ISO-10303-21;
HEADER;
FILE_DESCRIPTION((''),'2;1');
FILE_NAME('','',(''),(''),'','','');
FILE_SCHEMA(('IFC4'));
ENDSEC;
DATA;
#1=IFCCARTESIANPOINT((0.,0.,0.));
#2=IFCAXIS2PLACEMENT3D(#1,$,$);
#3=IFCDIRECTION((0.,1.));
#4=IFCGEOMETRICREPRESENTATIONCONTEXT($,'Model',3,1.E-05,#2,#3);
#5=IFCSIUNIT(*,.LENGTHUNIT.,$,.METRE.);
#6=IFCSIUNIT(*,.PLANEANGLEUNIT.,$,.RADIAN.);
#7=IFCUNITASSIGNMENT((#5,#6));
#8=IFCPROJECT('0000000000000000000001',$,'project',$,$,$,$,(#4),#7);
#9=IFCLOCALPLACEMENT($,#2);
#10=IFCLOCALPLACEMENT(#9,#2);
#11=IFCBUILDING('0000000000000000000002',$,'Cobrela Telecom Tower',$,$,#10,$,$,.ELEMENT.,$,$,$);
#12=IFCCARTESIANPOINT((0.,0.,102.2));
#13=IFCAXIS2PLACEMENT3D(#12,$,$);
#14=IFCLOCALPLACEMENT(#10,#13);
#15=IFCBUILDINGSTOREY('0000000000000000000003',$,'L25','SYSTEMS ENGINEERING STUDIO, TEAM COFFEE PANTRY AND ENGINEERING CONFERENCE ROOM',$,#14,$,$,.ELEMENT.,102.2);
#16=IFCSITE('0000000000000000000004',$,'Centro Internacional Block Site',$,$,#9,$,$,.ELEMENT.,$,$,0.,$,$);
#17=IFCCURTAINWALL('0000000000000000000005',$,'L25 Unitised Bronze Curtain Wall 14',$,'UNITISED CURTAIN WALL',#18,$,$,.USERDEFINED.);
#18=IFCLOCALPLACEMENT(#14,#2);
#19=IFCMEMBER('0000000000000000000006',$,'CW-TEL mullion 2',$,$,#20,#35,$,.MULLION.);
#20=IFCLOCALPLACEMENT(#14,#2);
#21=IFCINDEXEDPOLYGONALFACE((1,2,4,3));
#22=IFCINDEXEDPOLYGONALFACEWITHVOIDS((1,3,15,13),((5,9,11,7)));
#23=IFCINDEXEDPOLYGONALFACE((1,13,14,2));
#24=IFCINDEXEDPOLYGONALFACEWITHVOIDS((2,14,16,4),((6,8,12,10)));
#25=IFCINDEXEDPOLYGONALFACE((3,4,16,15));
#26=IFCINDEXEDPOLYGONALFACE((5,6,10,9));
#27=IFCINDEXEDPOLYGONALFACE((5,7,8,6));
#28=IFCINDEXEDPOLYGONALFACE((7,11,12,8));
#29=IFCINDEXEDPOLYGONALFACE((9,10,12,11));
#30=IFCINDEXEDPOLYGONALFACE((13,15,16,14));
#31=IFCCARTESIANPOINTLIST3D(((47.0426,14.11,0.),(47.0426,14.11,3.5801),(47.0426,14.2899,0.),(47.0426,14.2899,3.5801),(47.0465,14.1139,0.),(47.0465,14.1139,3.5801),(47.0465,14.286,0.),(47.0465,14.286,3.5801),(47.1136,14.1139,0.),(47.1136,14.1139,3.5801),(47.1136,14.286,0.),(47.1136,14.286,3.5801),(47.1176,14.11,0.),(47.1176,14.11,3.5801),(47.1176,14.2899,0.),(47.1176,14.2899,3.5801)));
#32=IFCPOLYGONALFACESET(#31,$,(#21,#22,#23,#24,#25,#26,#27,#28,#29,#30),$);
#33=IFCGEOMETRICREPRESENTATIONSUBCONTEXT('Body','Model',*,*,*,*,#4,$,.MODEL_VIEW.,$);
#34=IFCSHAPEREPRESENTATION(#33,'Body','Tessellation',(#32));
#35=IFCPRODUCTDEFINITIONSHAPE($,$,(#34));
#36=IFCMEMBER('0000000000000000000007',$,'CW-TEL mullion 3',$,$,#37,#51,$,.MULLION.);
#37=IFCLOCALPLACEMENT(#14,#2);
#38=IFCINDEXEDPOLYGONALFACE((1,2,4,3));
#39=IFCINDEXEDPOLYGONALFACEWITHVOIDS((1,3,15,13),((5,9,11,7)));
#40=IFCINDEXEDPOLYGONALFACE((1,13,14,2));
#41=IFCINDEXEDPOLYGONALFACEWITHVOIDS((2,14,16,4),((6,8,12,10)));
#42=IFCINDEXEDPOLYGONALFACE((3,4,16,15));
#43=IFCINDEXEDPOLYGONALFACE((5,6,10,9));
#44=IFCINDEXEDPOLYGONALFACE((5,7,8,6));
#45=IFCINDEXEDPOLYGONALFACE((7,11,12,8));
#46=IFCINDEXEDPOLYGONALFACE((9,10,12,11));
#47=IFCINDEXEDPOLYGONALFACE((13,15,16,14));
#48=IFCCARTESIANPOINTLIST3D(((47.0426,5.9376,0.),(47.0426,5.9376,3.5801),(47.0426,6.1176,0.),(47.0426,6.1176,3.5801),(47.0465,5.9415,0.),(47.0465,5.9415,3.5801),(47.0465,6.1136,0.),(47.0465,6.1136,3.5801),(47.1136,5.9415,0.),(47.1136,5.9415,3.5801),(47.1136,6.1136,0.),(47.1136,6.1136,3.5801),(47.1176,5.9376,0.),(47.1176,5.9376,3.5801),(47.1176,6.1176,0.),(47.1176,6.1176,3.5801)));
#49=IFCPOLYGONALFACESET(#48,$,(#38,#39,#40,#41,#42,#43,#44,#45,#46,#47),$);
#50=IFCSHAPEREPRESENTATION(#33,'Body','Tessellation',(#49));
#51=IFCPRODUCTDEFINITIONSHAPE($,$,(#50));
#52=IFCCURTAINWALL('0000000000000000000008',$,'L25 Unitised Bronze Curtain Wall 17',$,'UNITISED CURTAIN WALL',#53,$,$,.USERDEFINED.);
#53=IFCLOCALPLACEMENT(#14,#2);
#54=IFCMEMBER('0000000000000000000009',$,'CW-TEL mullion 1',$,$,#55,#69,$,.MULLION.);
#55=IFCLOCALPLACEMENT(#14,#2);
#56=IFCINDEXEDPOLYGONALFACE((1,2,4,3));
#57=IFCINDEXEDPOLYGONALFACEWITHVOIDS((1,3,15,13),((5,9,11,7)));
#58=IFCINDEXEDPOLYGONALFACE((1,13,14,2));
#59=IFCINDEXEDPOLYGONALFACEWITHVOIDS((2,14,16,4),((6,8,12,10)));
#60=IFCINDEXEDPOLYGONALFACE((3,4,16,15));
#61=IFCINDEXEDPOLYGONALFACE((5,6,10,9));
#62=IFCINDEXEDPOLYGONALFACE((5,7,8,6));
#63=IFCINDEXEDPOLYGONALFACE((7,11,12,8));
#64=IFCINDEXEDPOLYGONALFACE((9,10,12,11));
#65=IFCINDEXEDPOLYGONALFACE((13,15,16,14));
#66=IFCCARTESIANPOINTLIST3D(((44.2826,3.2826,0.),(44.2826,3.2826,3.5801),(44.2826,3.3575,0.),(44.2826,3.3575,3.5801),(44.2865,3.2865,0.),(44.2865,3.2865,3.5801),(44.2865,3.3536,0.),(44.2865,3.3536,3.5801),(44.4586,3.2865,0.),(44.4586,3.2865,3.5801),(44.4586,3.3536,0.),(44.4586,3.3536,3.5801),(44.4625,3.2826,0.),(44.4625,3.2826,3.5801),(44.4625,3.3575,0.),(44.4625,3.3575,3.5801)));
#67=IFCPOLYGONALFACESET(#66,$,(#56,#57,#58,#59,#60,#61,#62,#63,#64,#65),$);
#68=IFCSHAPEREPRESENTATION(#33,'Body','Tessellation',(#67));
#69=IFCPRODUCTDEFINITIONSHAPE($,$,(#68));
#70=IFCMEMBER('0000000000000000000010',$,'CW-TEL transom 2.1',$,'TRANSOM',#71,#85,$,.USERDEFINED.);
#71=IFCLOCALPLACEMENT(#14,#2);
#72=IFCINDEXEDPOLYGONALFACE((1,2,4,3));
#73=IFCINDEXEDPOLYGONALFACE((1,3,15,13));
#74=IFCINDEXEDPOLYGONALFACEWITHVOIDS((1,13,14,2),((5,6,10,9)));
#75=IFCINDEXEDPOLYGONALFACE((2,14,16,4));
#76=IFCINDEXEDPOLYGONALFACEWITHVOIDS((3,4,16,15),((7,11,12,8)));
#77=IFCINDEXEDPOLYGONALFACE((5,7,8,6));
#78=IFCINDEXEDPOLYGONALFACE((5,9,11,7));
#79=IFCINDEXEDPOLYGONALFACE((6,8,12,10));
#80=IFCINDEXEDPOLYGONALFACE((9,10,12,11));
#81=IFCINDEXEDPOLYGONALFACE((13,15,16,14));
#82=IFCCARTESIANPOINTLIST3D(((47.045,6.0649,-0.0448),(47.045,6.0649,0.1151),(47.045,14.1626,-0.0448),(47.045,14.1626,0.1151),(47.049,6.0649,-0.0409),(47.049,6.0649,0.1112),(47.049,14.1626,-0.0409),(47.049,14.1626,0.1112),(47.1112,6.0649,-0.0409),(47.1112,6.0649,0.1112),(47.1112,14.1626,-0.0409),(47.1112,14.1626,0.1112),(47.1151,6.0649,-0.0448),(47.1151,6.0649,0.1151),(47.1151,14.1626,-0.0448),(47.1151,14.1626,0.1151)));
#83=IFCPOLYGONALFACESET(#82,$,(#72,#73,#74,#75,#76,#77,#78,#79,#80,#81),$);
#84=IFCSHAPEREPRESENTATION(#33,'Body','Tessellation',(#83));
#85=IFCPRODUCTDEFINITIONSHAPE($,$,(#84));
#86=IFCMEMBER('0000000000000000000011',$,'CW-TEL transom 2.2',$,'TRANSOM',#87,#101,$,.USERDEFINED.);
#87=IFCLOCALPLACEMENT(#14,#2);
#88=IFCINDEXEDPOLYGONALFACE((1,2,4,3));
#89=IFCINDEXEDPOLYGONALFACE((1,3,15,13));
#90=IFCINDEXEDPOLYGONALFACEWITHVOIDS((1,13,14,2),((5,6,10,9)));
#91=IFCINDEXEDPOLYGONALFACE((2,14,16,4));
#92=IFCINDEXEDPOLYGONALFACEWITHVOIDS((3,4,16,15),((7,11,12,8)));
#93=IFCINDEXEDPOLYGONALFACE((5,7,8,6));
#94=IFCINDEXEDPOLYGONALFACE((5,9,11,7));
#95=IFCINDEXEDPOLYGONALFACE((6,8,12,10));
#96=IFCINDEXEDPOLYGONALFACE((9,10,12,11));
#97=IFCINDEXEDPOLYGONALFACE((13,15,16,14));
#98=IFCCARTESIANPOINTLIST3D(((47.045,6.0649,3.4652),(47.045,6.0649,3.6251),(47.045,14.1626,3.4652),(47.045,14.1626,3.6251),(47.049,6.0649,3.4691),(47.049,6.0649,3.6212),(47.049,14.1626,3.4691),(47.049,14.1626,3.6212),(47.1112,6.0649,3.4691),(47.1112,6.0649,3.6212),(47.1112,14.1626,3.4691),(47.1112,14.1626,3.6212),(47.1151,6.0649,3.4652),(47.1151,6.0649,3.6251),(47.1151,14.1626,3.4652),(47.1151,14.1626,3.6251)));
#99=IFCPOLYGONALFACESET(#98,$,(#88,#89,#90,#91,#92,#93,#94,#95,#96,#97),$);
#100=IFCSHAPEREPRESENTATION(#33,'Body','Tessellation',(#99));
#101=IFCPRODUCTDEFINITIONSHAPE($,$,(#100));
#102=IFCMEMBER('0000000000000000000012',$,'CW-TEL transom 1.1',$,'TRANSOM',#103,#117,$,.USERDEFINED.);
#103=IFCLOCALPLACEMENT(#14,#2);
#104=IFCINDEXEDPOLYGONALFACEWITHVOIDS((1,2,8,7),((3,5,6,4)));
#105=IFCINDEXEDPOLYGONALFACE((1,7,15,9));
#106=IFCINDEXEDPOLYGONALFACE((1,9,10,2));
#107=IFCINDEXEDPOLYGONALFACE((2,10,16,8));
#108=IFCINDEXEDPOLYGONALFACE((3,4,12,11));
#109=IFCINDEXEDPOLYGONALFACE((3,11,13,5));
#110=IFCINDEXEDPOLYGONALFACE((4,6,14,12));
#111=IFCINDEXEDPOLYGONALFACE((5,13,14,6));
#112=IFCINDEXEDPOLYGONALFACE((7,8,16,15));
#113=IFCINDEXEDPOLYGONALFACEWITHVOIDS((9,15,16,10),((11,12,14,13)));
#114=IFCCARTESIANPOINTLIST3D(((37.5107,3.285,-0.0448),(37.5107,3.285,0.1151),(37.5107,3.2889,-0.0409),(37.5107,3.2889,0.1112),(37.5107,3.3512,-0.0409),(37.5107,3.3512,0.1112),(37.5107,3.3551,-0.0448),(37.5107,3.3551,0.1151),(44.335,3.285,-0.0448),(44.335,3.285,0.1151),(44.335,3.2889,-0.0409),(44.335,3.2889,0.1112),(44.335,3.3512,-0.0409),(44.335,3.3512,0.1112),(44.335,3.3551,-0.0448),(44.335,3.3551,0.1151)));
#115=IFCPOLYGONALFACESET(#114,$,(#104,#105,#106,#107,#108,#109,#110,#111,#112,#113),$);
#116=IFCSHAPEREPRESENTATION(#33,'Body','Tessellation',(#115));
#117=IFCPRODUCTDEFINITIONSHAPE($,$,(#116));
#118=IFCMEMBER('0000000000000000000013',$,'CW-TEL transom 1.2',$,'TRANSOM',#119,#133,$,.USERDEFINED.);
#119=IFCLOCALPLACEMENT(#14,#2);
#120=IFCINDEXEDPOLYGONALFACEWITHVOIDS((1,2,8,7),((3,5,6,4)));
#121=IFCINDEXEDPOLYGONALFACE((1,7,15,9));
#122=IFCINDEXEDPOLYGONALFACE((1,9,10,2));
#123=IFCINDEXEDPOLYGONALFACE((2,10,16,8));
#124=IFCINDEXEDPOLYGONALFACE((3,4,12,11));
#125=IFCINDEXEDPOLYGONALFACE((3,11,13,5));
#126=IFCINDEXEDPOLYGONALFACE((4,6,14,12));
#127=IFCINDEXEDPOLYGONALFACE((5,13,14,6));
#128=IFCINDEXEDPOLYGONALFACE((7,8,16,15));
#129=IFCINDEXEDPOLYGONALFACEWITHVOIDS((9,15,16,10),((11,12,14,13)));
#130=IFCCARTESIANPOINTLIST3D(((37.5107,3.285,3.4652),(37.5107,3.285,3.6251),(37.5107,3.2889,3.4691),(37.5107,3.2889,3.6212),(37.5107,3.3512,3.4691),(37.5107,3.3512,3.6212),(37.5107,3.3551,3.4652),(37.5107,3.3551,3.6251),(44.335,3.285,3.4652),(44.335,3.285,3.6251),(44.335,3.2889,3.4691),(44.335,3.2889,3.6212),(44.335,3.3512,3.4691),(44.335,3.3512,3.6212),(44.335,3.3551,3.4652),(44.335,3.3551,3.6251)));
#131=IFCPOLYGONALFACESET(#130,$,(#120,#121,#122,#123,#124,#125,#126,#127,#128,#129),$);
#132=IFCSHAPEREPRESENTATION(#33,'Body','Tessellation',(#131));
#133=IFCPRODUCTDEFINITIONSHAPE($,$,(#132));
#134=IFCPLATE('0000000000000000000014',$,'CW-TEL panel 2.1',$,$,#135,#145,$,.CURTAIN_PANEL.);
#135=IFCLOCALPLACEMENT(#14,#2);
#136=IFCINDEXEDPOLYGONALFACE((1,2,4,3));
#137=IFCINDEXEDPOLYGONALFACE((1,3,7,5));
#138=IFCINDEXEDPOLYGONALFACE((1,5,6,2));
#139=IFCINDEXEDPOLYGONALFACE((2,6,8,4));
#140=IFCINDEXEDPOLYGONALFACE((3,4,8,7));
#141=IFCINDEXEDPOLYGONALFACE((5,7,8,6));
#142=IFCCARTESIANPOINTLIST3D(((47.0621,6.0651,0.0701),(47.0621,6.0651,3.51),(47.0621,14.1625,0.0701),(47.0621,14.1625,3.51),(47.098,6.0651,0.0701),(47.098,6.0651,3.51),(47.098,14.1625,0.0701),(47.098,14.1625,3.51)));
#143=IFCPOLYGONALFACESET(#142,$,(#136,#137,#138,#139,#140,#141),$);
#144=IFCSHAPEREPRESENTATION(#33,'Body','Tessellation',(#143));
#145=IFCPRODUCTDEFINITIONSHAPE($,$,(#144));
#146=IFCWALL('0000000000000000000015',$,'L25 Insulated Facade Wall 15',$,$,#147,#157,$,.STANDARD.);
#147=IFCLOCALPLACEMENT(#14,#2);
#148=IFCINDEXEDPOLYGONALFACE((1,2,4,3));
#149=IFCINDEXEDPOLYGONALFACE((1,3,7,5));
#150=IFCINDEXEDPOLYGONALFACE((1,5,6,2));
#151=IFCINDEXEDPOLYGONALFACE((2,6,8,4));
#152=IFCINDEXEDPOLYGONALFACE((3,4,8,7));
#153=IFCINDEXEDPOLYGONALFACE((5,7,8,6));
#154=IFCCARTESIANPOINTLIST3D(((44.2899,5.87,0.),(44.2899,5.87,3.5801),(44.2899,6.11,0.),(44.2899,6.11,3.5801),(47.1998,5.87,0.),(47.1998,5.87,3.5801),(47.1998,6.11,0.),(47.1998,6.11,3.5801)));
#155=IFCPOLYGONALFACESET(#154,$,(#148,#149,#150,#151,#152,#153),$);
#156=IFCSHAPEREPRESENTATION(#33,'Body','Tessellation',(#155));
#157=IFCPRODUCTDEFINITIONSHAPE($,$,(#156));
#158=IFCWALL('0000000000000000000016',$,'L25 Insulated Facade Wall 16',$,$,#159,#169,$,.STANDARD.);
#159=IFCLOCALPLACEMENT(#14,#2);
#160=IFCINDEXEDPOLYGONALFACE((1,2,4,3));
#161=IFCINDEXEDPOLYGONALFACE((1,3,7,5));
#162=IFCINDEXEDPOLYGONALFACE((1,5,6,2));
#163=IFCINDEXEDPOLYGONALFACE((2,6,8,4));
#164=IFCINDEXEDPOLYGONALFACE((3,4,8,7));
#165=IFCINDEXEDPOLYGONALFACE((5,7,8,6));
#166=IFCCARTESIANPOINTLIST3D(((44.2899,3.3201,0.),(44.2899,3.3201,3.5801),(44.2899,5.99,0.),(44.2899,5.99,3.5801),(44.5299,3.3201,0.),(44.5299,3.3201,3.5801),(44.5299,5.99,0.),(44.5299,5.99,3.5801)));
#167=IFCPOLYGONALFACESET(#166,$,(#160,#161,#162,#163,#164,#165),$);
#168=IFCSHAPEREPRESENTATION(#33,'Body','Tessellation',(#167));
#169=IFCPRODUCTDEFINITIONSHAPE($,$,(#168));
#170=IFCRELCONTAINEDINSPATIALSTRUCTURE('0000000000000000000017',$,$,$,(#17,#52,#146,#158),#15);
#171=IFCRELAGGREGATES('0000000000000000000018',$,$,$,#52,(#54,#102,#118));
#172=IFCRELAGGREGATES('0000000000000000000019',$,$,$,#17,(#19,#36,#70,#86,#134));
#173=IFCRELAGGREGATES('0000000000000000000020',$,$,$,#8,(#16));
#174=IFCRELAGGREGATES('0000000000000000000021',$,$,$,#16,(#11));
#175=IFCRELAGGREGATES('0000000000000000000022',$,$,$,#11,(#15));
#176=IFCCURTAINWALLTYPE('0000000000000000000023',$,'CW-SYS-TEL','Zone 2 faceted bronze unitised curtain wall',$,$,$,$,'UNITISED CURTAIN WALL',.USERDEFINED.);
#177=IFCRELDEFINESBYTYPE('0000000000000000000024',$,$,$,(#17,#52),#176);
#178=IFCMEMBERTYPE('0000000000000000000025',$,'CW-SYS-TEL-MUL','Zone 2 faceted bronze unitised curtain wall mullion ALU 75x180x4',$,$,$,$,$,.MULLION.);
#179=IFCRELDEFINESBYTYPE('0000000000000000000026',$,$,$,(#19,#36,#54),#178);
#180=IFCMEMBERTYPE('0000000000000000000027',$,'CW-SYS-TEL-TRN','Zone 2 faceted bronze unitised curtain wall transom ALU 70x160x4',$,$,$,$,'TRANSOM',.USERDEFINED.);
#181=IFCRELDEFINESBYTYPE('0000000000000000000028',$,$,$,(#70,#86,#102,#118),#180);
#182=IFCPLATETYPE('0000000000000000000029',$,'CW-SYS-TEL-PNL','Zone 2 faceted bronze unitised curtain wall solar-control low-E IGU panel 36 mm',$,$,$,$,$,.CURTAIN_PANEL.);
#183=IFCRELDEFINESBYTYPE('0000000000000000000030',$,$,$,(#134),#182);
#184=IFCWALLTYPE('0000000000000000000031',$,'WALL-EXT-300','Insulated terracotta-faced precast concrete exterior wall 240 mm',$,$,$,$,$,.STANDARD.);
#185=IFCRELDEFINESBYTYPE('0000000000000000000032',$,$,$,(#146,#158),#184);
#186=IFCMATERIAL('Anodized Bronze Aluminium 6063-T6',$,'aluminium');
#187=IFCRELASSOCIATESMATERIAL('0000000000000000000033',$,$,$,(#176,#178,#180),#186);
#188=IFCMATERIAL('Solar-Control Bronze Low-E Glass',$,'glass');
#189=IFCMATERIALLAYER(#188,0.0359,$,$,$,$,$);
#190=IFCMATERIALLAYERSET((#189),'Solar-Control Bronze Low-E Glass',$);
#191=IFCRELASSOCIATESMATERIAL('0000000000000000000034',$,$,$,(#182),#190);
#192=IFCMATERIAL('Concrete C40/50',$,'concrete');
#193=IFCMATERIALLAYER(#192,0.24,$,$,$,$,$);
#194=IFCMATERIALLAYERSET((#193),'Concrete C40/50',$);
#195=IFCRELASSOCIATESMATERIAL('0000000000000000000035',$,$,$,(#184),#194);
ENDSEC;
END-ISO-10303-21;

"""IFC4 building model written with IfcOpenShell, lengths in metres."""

from ifc_helpers import new_model, si_unit, direction, frame, frame_2d, origin, origin_2d, place, context, subcontext, project, spatial, rectangle, hollow_rectangle, extrude, material, layer, layer_set, material_profile, profile_set, type_object, element, aggregate, save


model = new_model("IFC4")

# Units and contexts
model_context = context("Model", 3, precision=1e-05, world=origin(), true_north=direction((0.0, 1.0)))
body_context = subcontext(model_context, "Body", "Model", "MODEL_VIEW")
ifc_project = project(units=[si_unit("LENGTHUNIT", "METRE"), si_unit("PLANEANGLEUNIT", "RADIAN")], contexts=[model_context])

# Site, building, storey
site_placement = place(None, origin())
site = spatial("IfcSite", under=ifc_project, at=site_placement, Name="Centro Internacional Block Site", CompositionType="ELEMENT", RefElevation=0.0)
building_placement = place(site_placement, origin())
building = spatial("IfcBuilding", under=site, at=building_placement, Name="Cobrela Telecom Tower", CompositionType="ELEMENT")
storey_placement = place(building_placement, frame((0.0, 0.0, 102.2)))
storey = spatial("IfcBuildingStorey", under=building, at=storey_placement, Name="L25", Description="SYSTEMS ENGINEERING STUDIO, TEAM COFFEE PANTRY AND ENGINEERING CONFERENCE ROOM", CompositionType="ELEMENT", Elevation=102.2)

# Curtain wall, members
ifc_material_1 = material(Name="Anodized Bronze Aluminium 6063-T6", Category="aluminium")
curtain_wall_type = type_object("IfcCurtainWallType", Name="CW-SYS-TEL", Description="Zone 2 faceted bronze unitised curtain wall", ElementType="UNITISED CURTAIN WALL", PredefinedType="USERDEFINED", material=ifc_material_1)
curtain_wall_1_placement = place(storey_placement, origin())
curtain_wall_1 = element("IfcCurtainWall", 1, at=curtain_wall_1_placement, inside=storey, type_object=curtain_wall_type, Name="L25 Unitised Bronze Curtain Wall 14", ObjectType="UNITISED CURTAIN WALL", PredefinedType="USERDEFINED")
ifc_material_profile_1 = material_profile(ifc_material_1, hollow_rectangle(XDim=0.075, YDim=0.1799, WallThickness=0.0039, at=origin_2d()), Name="ALU 75x180x4")
ifc_profile_set_1 = profile_set([ifc_material_profile_1], Name="Anodized Bronze Aluminium 6063-T6")
member_type_1 = type_object("IfcMemberType", Name="CW-SYS-TEL-MUL", Description="Zone 2 faceted bronze unitised curtain wall mullion ALU 75x180x4", PredefinedType="MULLION", material=ifc_profile_set_1)
member_1_placement = place(storey_placement, frame((47.0801, 14.2, 0.0), z_axis=(0.0, 0.0, 1.0), x_axis=(1.0, 0.0, 0.0)))
member_1 = element("IfcMember", 2, at=member_1_placement, type_object=member_type_1, Name="CW-TEL mullion 2", PredefinedType="MULLION", context=body_context, shape_type="SweptSolid", body=[
    extrude(hollow_rectangle(XDim=0.075, YDim=0.1799, WallThickness=0.0039, at=origin_2d()), origin(), (0.0, 0.0, 1.0), 3.5801),
])
member_2_placement = place(storey_placement, frame((47.0801, 6.0276, 0.0), z_axis=(0.0, 0.0, 1.0), x_axis=(1.0, 0.0, 0.0)))
member_2 = element("IfcMember", 3, at=member_2_placement, type_object=member_type_1, Name="CW-TEL mullion 3", PredefinedType="MULLION", context=body_context, shape_type="SweptSolid", body=[
    extrude(hollow_rectangle(XDim=0.075, YDim=0.1799, WallThickness=0.0039, at=origin_2d()), origin(), (0.0, 0.0, 1.0), 3.5801),
])

# Curtain wall, member
curtain_wall_2_placement = place(storey_placement, origin())
curtain_wall_2 = element("IfcCurtainWall", 4, at=curtain_wall_2_placement, inside=storey, type_object=curtain_wall_type, Name="L25 Unitised Bronze Curtain Wall 17", ObjectType="UNITISED CURTAIN WALL", PredefinedType="USERDEFINED")
member_3_placement = place(storey_placement, frame((44.3726, 3.3201, 0.0), z_axis=(0.0, 0.0, 1.0), x_axis=(0.0, -1.0, 0.0)))
member_3 = element("IfcMember", 5, at=member_3_placement, type_object=member_type_1, Name="CW-TEL mullion 1", PredefinedType="MULLION", context=body_context, shape_type="SweptSolid", body=[
    extrude(hollow_rectangle(XDim=0.075, YDim=0.1799, WallThickness=0.0039, at=origin_2d()), origin(), (0.0, 0.0, 1.0), 3.5801),
])

# Members
ifc_material_profile_2 = material_profile(ifc_material_1, hollow_rectangle(XDim=0.0701, YDim=0.1599, WallThickness=0.0039, at=origin_2d()), Name="ALU 70x160x4")
ifc_profile_set_2 = profile_set([ifc_material_profile_2], Name="Anodized Bronze Aluminium 6063-T6")
member_type_2 = type_object("IfcMemberType", Name="CW-SYS-TEL-TRN", Description="Zone 2 faceted bronze unitised curtain wall transom ALU 70x160x4", ElementType="TRANSOM", PredefinedType="USERDEFINED", material=ifc_profile_set_2)
member_4_placement = place(storey_placement, frame((47.0801, 14.1626, 0.0352), z_axis=(0.0, -1.0, 0.0), x_axis=(1.0, 0.0, 0.0)))
member_4 = element("IfcMember", 6, at=member_4_placement, type_object=member_type_2, Name="CW-TEL transom 2.1", ObjectType="TRANSOM", PredefinedType="USERDEFINED", context=body_context, shape_type="SweptSolid", body=[
    extrude(hollow_rectangle(XDim=0.0701, YDim=0.1599, WallThickness=0.0039, at=origin_2d()), origin(), (0.0, 0.0, 1.0), 8.0977),
])
member_5_placement = place(storey_placement, frame((47.0801, 14.1626, 3.5452), z_axis=(0.0, -1.0, 0.0), x_axis=(1.0, 0.0, 0.0)))
member_5 = element("IfcMember", 7, at=member_5_placement, type_object=member_type_2, Name="CW-TEL transom 2.2", ObjectType="TRANSOM", PredefinedType="USERDEFINED", context=body_context, shape_type="SweptSolid", body=[
    extrude(hollow_rectangle(XDim=0.0701, YDim=0.1599, WallThickness=0.0039, at=origin_2d()), origin(), (0.0, 0.0, 1.0), 8.0977),
])
member_6_placement = place(storey_placement, frame((44.335, 3.3201, 0.0352), z_axis=(-1.0, 0.0, 0.0), x_axis=(0.0, -1.0, 0.0)))
member_6 = element("IfcMember", 8, at=member_6_placement, type_object=member_type_2, Name="CW-TEL transom 1.1", ObjectType="TRANSOM", PredefinedType="USERDEFINED", context=body_context, shape_type="SweptSolid", body=[
    extrude(hollow_rectangle(XDim=0.0701, YDim=0.1599, WallThickness=0.0039, at=origin_2d()), origin(), (0.0, 0.0, 1.0), 6.8242),
])
member_7_placement = place(storey_placement, frame((44.335, 3.3201, 3.5452), z_axis=(-1.0, 0.0, 0.0), x_axis=(0.0, -1.0, 0.0)))
member_7 = element("IfcMember", 9, at=member_7_placement, type_object=member_type_2, Name="CW-TEL transom 1.2", ObjectType="TRANSOM", PredefinedType="USERDEFINED", context=body_context, shape_type="SweptSolid", body=[
    extrude(hollow_rectangle(XDim=0.0701, YDim=0.1599, WallThickness=0.0039, at=origin_2d()), origin(), (0.0, 0.0, 1.0), 6.8242),
])
aggregate(curtain_wall_2, [member_3, member_6, member_7])

# Plate
ifc_material_2 = material(Name="Solar-Control Bronze Low-E Glass", Category="glass")
ifc_layer_1 = layer(ifc_material_2, 0.0359)
ifc_layer_set_1 = layer_set([ifc_layer_1], Name="Solar-Control Bronze Low-E Glass")
plate_type = type_object("IfcPlateType", Name="CW-SYS-TEL-PNL", Description="Zone 2 faceted bronze unitised curtain wall solar-control low-E IGU panel 36 mm", PredefinedType="CURTAIN_PANEL", material=ifc_layer_set_1)
plate_placement = place(storey_placement, frame((47.0801, 10.1138, 0.0701), z_axis=(0.0, 0.0, 1.0), x_axis=(0.0, -1.0, 0.0)))
plate = element("IfcPlate", 10, at=plate_placement, type_object=plate_type, Name="CW-TEL panel 2.1", PredefinedType="CURTAIN_PANEL", context=body_context, shape_type="SweptSolid", body=[
    extrude(rectangle(XDim=8.0974, YDim=0.0359, at=origin_2d()), origin(), (0.0, 0.0, 1.0), 3.4399),
])
aggregate(curtain_wall_1, [member_1, member_2, member_4, member_5, plate])

# Walls
ifc_material_3 = material(Name="Concrete C40/50", Category="concrete")
ifc_layer_2 = layer(ifc_material_3, 0.24)
ifc_layer_set_2 = layer_set([ifc_layer_2], Name="Concrete C40/50")
wall_type = type_object("IfcWallType", Name="WALL-EXT-300", Description="Insulated terracotta-faced precast concrete exterior wall 240 mm", PredefinedType="STANDARD", material=ifc_layer_set_2)
wall_1_placement = place(storey_placement, frame((47.2, 5.99, 0.0), z_axis=(0.0, 0.0, 1.0), x_axis=(-1.0, 0.0, 0.0)))
element("IfcWall", 11, at=wall_1_placement, inside=storey, type_object=wall_type, Name="L25 Insulated Facade Wall 15", PredefinedType="STANDARD", context=body_context, shape_type="SweptSolid", body=[
    extrude(rectangle(XDim=2.9099, YDim=0.24, at=frame_2d((1.4551, 0.0))), origin(), (0.0, 0.0, 1.0), 3.5801),
])
wall_2_placement = place(storey_placement, frame((44.4099, 5.99, 0.0), z_axis=(0.0, 0.0, 1.0), x_axis=(0.0, -1.0, 0.0)))
element("IfcWall", 12, at=wall_2_placement, inside=storey, type_object=wall_type, Name="L25 Insulated Facade Wall 16", PredefinedType="STANDARD", context=body_context, shape_type="SweptSolid", body=[
    extrude(rectangle(XDim=2.6699, YDim=0.24, at=frame_2d((1.335, 0.0))), origin(), (0.0, 0.0, 1.0), 3.5801),
])

save(model, "model.ifc")
